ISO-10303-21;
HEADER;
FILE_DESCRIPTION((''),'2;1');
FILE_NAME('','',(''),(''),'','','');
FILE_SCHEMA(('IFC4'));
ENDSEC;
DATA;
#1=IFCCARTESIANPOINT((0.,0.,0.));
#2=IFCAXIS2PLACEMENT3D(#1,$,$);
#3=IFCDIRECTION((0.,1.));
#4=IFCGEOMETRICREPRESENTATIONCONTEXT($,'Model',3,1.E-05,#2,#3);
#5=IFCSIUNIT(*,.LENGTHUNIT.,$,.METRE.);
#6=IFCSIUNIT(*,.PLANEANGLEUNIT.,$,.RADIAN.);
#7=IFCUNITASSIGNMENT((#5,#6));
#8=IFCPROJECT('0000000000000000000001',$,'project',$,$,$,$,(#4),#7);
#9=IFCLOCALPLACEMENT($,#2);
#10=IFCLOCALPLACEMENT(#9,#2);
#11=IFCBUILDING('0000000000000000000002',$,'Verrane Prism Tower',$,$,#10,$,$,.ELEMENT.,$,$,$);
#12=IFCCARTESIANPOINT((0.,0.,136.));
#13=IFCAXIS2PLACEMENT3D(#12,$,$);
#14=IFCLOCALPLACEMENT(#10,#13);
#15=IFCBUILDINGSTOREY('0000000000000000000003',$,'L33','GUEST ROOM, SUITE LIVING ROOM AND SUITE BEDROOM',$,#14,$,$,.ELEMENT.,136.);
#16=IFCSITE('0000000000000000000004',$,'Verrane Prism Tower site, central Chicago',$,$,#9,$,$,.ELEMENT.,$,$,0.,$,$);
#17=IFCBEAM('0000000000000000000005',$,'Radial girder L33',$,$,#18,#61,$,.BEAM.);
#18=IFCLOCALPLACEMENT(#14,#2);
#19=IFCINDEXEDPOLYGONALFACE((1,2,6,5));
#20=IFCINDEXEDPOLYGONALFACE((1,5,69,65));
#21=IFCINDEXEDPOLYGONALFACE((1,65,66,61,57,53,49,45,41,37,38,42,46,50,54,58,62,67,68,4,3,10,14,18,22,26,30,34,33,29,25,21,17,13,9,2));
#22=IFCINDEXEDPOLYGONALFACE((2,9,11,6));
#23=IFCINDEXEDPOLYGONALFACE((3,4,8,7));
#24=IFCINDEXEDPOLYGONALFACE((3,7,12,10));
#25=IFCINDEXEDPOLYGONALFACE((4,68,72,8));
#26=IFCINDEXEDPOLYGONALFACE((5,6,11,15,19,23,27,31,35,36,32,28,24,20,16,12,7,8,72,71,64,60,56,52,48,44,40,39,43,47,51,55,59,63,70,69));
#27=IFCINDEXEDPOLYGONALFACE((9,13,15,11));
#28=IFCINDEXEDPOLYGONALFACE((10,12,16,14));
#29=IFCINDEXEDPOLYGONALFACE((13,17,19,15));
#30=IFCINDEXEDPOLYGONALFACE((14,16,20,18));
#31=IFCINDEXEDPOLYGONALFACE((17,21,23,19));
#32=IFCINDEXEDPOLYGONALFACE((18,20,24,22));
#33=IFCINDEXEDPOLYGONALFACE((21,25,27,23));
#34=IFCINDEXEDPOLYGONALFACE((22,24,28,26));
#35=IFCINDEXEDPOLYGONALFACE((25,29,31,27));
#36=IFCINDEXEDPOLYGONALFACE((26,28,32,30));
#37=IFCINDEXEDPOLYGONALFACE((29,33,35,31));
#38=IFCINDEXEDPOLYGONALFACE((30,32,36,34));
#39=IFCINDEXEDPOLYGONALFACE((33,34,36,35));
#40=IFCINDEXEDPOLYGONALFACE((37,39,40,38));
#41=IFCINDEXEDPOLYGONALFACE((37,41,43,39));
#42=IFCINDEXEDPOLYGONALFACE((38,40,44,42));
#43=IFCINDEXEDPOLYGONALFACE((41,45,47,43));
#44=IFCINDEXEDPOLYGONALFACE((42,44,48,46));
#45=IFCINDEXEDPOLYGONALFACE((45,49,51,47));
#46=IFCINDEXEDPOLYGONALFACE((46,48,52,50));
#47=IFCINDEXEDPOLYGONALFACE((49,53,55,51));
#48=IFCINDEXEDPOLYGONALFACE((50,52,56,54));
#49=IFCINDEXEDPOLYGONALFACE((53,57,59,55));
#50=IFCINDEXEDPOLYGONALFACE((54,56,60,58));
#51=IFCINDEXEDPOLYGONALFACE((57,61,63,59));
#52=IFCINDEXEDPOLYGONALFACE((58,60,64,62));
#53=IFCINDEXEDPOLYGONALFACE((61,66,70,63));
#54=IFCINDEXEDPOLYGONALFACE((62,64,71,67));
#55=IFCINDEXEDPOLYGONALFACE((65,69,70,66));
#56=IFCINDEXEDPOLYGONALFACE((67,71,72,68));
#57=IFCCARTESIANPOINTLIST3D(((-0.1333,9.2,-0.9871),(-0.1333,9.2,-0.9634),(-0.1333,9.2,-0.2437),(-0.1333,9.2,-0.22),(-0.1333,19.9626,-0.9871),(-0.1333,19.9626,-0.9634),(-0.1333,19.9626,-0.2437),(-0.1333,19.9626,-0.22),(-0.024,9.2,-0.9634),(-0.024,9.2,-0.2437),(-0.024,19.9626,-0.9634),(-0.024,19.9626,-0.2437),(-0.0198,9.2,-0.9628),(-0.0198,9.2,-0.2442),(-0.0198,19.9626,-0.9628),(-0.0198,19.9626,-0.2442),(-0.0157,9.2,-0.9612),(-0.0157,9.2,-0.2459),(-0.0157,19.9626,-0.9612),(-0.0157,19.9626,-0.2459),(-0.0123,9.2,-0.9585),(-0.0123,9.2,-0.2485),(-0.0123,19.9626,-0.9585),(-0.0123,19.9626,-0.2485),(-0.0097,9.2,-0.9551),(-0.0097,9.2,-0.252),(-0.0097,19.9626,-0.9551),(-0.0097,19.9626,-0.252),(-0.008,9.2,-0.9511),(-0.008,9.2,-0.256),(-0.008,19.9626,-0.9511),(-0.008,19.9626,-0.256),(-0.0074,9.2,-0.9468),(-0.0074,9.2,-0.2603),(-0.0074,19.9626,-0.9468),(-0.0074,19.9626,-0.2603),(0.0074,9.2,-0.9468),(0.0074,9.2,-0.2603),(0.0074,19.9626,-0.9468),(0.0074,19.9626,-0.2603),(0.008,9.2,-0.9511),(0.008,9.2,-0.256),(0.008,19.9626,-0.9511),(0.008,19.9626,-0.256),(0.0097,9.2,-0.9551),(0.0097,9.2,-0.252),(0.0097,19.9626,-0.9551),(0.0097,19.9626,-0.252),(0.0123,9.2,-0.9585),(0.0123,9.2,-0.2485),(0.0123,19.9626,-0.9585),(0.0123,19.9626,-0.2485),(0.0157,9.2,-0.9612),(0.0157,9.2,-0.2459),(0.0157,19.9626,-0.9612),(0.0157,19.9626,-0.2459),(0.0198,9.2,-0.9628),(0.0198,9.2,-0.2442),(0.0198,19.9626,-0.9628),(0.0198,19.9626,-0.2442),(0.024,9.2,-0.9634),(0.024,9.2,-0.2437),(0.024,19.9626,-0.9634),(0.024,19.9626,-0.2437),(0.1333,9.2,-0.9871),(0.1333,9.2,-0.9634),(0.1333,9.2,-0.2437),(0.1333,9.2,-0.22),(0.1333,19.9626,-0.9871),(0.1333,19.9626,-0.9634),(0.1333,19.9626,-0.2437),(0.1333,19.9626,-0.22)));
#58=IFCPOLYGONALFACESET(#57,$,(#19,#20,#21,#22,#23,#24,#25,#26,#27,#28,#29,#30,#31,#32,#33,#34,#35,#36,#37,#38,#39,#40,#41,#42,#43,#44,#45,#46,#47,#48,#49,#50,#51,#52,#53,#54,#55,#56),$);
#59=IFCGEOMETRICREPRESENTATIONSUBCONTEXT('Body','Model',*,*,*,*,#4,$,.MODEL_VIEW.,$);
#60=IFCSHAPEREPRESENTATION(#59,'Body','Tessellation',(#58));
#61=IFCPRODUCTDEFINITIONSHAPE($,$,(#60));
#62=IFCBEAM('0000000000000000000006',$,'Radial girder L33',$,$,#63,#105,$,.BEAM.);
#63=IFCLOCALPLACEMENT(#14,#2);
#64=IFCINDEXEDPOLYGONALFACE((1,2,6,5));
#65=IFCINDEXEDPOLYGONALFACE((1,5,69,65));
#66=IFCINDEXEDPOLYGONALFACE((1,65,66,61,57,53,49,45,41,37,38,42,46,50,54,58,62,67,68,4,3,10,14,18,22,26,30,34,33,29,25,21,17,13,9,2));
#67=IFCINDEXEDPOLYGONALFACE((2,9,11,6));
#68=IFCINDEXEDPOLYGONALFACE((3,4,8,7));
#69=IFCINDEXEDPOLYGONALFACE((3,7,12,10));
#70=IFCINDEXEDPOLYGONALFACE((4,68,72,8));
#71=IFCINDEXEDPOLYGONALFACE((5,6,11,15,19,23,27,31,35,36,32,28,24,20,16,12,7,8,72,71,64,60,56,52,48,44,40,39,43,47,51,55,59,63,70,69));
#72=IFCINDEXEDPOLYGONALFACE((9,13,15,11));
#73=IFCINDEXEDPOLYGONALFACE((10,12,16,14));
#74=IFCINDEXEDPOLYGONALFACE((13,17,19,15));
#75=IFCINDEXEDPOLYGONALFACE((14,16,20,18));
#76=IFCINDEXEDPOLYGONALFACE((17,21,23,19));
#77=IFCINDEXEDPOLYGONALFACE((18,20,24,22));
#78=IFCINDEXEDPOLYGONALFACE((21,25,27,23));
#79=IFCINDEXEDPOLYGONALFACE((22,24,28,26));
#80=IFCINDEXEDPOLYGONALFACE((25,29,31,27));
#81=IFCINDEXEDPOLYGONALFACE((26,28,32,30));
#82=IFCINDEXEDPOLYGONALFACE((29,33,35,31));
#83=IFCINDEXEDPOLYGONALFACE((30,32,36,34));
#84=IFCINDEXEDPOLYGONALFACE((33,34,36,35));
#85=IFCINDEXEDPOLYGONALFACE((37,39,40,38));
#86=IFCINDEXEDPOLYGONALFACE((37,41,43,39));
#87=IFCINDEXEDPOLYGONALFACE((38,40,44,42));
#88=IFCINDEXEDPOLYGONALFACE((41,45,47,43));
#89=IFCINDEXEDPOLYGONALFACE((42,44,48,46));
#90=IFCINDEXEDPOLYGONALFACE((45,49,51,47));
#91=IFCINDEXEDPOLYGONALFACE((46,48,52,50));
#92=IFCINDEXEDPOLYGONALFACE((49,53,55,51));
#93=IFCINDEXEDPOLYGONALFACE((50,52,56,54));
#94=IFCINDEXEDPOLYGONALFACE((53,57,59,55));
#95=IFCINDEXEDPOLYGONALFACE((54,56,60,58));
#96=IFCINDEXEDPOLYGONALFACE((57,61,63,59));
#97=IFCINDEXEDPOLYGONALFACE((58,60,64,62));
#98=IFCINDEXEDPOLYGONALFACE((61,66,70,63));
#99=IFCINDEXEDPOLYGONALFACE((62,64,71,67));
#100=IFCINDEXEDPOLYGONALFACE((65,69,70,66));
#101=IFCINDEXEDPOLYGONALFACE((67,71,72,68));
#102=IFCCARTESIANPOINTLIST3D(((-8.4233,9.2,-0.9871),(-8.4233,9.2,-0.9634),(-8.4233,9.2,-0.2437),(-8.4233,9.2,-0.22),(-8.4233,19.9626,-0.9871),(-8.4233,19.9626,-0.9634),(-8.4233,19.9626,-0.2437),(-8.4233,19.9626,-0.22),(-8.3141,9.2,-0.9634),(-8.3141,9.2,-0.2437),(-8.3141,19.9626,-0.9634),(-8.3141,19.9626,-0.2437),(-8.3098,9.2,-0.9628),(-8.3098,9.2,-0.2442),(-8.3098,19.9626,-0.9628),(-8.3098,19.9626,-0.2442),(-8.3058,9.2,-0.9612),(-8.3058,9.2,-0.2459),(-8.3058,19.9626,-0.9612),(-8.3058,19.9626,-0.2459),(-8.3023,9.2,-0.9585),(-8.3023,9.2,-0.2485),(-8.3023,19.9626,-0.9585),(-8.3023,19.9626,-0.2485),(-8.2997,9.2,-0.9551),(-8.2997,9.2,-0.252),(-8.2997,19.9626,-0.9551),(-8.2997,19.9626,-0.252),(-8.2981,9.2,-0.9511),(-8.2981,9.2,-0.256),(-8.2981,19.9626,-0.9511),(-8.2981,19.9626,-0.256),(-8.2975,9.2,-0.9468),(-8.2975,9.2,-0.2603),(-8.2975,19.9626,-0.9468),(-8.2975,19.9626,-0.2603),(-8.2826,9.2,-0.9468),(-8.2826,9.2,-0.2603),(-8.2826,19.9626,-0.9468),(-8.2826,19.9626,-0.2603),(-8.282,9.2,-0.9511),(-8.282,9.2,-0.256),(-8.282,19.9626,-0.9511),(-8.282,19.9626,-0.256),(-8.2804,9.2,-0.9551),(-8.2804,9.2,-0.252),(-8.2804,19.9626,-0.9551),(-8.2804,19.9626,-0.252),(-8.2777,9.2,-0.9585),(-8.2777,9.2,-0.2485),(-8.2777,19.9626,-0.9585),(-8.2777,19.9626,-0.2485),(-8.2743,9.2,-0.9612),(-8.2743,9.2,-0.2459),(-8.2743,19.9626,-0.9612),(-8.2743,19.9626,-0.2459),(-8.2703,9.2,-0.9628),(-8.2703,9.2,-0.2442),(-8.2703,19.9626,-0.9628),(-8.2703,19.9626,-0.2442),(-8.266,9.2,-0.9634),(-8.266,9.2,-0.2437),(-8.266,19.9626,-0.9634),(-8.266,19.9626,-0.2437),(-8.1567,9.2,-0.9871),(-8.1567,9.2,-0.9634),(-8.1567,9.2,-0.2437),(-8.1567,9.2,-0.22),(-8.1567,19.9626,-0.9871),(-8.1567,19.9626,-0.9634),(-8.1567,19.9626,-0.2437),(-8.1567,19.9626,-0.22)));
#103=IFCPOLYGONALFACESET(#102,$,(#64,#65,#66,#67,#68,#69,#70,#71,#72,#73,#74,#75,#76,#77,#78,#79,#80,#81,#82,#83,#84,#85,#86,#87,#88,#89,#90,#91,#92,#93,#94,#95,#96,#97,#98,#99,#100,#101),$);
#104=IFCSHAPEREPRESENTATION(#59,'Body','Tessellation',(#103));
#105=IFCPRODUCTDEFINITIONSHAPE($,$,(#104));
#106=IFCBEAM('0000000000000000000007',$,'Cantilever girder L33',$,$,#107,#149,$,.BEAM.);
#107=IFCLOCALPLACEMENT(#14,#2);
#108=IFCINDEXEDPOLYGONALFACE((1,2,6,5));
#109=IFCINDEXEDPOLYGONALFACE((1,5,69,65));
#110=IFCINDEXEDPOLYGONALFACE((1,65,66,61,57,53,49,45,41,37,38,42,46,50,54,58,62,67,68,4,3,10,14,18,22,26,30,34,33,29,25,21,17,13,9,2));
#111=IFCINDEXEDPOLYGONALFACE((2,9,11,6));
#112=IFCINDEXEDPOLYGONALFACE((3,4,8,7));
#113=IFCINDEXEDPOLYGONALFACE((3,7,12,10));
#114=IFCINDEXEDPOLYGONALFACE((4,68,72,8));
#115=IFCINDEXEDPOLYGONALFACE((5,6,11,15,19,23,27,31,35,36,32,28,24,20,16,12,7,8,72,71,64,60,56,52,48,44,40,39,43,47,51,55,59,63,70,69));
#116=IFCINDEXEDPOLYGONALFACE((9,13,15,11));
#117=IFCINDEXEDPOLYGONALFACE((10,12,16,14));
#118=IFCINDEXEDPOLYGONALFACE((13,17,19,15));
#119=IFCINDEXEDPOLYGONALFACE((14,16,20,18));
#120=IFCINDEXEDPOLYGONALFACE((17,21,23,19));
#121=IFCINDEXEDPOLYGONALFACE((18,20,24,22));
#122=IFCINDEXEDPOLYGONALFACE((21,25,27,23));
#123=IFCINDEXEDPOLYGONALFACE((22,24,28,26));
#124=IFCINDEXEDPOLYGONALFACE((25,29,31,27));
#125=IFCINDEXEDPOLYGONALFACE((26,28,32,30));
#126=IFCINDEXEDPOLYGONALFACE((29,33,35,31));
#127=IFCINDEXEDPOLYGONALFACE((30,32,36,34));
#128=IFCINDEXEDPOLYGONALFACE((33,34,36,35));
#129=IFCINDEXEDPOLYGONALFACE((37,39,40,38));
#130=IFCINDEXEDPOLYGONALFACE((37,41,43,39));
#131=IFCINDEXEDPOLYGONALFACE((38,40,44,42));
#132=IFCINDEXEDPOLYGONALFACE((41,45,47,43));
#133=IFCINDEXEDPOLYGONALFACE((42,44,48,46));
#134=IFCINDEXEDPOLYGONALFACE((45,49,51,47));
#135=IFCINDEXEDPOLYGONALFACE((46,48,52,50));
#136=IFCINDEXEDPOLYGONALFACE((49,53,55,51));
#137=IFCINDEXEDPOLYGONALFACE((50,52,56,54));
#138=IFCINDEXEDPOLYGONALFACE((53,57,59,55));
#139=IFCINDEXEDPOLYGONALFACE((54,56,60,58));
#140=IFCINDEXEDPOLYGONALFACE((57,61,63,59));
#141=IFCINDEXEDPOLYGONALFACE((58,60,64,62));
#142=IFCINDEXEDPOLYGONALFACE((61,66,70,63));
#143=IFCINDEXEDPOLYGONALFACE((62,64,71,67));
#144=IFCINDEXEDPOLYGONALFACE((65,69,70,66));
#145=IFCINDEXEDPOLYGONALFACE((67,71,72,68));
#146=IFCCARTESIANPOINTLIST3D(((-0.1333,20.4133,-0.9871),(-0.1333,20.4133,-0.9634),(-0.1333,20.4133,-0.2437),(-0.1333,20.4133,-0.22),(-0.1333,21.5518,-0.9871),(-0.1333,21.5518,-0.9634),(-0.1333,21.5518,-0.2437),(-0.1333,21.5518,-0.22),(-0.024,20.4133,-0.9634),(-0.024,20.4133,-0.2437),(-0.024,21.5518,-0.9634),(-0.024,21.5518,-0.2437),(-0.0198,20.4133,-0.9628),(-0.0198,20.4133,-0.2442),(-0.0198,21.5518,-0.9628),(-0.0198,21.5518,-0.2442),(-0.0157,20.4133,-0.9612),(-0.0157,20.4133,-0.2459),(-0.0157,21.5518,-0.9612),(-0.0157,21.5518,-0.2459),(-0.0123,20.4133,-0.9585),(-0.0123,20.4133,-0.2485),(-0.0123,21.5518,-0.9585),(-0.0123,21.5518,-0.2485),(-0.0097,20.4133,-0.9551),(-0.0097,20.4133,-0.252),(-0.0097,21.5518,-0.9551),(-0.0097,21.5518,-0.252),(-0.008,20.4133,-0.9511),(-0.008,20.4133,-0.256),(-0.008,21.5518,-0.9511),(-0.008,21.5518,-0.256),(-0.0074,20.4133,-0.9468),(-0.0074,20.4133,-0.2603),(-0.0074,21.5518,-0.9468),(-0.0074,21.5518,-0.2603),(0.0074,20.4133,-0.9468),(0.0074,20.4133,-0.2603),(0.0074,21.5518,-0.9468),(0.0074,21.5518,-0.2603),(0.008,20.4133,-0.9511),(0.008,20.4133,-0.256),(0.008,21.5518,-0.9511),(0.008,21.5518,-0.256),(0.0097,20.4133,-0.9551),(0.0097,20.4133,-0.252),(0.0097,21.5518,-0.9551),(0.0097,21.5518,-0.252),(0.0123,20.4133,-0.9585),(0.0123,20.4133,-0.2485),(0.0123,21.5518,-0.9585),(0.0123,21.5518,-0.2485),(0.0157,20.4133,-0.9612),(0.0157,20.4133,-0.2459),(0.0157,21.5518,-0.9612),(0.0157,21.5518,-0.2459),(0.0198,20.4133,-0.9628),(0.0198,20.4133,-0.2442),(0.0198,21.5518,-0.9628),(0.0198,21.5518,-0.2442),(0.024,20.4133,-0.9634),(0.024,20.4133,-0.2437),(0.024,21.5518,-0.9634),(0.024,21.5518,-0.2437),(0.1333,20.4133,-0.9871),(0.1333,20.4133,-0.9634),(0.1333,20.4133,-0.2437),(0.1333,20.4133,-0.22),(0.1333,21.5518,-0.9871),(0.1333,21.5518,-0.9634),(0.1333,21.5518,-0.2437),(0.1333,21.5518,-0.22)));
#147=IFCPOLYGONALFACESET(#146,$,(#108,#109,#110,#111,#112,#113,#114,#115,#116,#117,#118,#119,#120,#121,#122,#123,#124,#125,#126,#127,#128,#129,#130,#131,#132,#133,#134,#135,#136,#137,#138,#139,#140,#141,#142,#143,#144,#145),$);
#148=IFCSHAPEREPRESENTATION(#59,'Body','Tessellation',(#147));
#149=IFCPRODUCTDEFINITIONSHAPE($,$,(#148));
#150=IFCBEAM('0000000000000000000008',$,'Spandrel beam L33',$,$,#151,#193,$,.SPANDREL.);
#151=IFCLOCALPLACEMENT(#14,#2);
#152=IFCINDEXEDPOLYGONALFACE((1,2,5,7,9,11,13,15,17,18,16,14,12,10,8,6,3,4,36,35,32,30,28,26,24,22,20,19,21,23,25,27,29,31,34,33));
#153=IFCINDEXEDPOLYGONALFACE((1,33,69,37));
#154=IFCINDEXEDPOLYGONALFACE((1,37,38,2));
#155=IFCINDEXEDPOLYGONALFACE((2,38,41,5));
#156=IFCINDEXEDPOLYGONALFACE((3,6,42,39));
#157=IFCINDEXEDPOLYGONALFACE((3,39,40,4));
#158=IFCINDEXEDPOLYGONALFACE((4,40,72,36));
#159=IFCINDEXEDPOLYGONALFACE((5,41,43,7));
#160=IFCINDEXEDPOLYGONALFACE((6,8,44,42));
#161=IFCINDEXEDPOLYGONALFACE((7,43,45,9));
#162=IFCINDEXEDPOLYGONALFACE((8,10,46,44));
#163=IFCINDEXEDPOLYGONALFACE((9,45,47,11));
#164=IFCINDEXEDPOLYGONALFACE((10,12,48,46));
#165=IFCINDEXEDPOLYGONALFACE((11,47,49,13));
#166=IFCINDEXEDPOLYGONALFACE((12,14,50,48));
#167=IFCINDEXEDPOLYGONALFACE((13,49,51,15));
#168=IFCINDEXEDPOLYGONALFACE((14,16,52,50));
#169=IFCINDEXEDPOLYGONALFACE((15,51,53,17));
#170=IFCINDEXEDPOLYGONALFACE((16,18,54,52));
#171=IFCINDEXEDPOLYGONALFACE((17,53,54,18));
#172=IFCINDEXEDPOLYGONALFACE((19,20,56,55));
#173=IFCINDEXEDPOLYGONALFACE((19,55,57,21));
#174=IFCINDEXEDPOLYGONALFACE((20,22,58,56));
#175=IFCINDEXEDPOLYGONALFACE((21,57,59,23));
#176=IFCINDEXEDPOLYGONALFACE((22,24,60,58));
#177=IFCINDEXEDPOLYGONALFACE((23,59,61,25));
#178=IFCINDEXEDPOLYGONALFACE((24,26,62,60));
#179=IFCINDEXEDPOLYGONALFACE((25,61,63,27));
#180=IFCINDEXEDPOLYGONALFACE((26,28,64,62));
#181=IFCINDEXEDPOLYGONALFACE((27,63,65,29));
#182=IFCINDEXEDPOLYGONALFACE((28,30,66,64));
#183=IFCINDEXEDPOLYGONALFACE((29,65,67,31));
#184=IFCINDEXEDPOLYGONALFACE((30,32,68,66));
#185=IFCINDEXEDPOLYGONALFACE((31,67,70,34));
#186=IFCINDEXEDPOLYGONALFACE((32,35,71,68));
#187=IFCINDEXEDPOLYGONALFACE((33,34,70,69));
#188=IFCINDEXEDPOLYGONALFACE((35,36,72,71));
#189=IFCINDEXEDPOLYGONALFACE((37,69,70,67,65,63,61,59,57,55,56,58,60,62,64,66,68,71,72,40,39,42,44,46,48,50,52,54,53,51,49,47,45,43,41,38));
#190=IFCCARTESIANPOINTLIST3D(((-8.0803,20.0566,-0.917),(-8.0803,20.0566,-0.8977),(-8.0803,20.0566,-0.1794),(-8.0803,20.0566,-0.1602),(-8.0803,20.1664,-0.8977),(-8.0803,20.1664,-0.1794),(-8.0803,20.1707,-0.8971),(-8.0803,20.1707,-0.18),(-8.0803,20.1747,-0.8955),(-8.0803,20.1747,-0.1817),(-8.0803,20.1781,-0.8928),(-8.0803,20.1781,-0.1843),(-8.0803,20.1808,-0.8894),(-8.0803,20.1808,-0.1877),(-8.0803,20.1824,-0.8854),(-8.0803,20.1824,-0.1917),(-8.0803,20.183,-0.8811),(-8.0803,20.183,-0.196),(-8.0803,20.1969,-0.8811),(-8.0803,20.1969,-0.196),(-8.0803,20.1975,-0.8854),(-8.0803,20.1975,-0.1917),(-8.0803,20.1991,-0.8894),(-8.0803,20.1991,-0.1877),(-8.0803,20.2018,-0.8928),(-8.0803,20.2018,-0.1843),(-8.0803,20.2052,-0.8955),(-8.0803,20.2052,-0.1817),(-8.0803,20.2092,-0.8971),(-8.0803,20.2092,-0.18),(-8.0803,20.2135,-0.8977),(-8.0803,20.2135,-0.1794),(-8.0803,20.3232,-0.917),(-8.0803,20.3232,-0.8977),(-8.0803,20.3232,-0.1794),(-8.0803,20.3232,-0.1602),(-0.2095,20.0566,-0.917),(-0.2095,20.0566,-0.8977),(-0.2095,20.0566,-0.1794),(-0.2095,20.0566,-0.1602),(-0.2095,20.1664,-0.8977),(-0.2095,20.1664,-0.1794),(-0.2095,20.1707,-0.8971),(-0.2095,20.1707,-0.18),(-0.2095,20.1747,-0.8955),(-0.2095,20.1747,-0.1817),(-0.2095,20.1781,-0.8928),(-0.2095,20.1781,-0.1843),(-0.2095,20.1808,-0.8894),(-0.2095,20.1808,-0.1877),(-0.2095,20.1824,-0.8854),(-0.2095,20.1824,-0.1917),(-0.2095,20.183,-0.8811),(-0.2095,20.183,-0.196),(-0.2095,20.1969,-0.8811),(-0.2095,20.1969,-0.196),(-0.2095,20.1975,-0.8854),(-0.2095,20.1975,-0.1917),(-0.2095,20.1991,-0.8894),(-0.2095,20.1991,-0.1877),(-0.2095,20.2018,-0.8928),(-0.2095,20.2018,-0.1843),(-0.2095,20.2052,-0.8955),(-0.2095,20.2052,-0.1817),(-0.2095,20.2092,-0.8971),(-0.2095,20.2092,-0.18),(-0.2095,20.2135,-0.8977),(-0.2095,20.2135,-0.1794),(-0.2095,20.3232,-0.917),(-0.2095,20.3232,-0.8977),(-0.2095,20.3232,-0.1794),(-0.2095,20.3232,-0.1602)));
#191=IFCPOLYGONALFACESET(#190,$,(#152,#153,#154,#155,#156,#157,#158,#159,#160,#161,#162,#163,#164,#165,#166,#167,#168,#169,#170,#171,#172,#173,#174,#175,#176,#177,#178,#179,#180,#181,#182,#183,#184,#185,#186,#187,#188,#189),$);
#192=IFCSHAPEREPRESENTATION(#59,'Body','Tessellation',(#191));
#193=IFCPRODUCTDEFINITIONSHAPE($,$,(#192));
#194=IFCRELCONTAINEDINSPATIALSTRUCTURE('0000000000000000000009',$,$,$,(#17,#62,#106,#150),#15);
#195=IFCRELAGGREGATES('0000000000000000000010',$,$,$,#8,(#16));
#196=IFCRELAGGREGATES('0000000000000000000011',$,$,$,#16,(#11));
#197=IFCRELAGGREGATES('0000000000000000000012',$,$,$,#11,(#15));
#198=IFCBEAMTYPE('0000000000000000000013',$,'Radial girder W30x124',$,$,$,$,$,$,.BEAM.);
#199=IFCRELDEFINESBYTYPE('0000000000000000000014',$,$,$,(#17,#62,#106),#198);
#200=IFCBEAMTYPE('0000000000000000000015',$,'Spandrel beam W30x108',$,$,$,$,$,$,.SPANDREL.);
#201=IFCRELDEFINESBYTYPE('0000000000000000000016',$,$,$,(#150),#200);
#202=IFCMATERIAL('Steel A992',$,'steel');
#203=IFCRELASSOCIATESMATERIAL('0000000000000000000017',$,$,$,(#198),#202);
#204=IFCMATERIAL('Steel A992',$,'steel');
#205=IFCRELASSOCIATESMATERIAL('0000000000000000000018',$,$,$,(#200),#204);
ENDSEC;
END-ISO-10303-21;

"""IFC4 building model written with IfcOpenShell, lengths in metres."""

from ifc_helpers import new_model, si_unit, direction, frame, origin, origin_2d, place, context, subcontext, project, spatial, i_section, extrude, material, material_profile, profile_set, type_object, element, save


model = new_model("IFC4")

# Units and contexts
model_context = context("Model", 3, precision=1e-05, world=origin(), true_north=direction((0.0, 1.0)))
body_context = subcontext(model_context, "Body", "Model", "MODEL_VIEW")
ifc_project = project(units=[si_unit("LENGTHUNIT", "METRE"), si_unit("PLANEANGLEUNIT", "RADIAN")], contexts=[model_context])

# Site, building, storey
site_placement = place(None, origin())
site = spatial("IfcSite", under=ifc_project, at=site_placement, Name="Verrane Prism Tower site, central Chicago", CompositionType="ELEMENT", RefElevation=0.0)
building_placement = place(site_placement, origin())
building = spatial("IfcBuilding", under=site, at=building_placement, Name="Verrane Prism Tower", CompositionType="ELEMENT")
storey_placement = place(building_placement, frame((0.0, 0.0, 136.0)))
storey = spatial("IfcBuildingStorey", under=building, at=storey_placement, Name="L33", Description="GUEST ROOM, SUITE LIVING ROOM AND SUITE BEDROOM", CompositionType="ELEMENT", Elevation=136.0)

# Beams
ifc_material_1 = material(Name="Steel A992", Category="steel")
ifc_material_profile_1 = material_profile(ifc_material_1, i_section(OverallWidth=0.2666, OverallDepth=0.7671, WebThickness=0.0149, FlangeThickness=0.0237, FilletRadius=0.0166, at=origin_2d()), Name="W30x124")
ifc_profile_set_1 = profile_set([ifc_material_profile_1], Name="Steel A992")
beam_type_1 = type_object("IfcBeamType", Name="Radial girder W30x124", PredefinedType="BEAM", material=ifc_profile_set_1)
for number, where, z_axis, x_axis, name in (
    (1, (0.0, 19.9626, -0.6035), (0.0, -1.0, 0.0), (1.0, 0.0, 0.0), "Radial girder L33"),
    (2, (-8.29, 19.9626, -0.6035), (0.0, -1.0, 0.0), (1.0, 0.0, 0.0), "Radial girder L33"),
):
    element("IfcBeam", number, at=place(storey_placement, frame(where, z_axis=z_axis, x_axis=x_axis)), inside=storey, type_object=beam_type_1, Name=name, PredefinedType="BEAM", context=body_context, shape_type="SweptSolid", body=[
        extrude(i_section(OverallWidth=0.2666, OverallDepth=0.7671, WebThickness=0.0149, FlangeThickness=0.0237, FilletRadius=0.0166, at=origin_2d()), origin(), (0.0, 0.0, 1.0), 10.7627),
    ])
beam_placement = place(storey_placement, frame((0.0, 20.4133, -0.6035), z_axis=(0.0, 1.0, 0.0), x_axis=(-1.0, 0.0, 0.0)))
element("IfcBeam", 3, at=beam_placement, inside=storey, type_object=beam_type_1, Name="Cantilever girder L33", PredefinedType="BEAM", context=body_context, shape_type="SweptSolid", body=[
    extrude(i_section(OverallWidth=0.2666, OverallDepth=0.7671, WebThickness=0.0149, FlangeThickness=0.0237, FilletRadius=0.0166, at=origin_2d()), origin(), (0.0, 0.0, 1.0), 1.1384),
])
ifc_material_2 = material(Name="Steel A992", Category="steel")
ifc_material_profile_2 = material_profile(ifc_material_2, i_section(OverallWidth=0.2666, OverallDepth=0.7568, WebThickness=0.0139, FlangeThickness=0.0193, FilletRadius=0.0166, at=origin_2d()), Name="W30x108")
ifc_profile_set_2 = profile_set([ifc_material_profile_2], Name="Steel A992")
beam_type_2 = type_object("IfcBeamType", Name="Spandrel beam W30x108", PredefinedType="SPANDREL", material=ifc_profile_set_2)
for number, where, z_axis, x_axis, name in (
    (4, (-0.2095, 20.1899, -0.5386), (-1.0, 0.0, 0.0), (0.0, -1.0, 0.0), "Spandrel beam L33"),
):
    element("IfcBeam", number, at=place(storey_placement, frame(where, z_axis=z_axis, x_axis=x_axis)), inside=storey, type_object=beam_type_2, Name=name, PredefinedType="SPANDREL", context=body_context, shape_type="SweptSolid", body=[
        extrude(i_section(OverallWidth=0.2666, OverallDepth=0.7568, WebThickness=0.0139, FlangeThickness=0.0193, FilletRadius=0.0166, at=origin_2d()), origin(), (0.0, 0.0, 1.0), 7.8708),
    ])

save(model, "model.ifc")
